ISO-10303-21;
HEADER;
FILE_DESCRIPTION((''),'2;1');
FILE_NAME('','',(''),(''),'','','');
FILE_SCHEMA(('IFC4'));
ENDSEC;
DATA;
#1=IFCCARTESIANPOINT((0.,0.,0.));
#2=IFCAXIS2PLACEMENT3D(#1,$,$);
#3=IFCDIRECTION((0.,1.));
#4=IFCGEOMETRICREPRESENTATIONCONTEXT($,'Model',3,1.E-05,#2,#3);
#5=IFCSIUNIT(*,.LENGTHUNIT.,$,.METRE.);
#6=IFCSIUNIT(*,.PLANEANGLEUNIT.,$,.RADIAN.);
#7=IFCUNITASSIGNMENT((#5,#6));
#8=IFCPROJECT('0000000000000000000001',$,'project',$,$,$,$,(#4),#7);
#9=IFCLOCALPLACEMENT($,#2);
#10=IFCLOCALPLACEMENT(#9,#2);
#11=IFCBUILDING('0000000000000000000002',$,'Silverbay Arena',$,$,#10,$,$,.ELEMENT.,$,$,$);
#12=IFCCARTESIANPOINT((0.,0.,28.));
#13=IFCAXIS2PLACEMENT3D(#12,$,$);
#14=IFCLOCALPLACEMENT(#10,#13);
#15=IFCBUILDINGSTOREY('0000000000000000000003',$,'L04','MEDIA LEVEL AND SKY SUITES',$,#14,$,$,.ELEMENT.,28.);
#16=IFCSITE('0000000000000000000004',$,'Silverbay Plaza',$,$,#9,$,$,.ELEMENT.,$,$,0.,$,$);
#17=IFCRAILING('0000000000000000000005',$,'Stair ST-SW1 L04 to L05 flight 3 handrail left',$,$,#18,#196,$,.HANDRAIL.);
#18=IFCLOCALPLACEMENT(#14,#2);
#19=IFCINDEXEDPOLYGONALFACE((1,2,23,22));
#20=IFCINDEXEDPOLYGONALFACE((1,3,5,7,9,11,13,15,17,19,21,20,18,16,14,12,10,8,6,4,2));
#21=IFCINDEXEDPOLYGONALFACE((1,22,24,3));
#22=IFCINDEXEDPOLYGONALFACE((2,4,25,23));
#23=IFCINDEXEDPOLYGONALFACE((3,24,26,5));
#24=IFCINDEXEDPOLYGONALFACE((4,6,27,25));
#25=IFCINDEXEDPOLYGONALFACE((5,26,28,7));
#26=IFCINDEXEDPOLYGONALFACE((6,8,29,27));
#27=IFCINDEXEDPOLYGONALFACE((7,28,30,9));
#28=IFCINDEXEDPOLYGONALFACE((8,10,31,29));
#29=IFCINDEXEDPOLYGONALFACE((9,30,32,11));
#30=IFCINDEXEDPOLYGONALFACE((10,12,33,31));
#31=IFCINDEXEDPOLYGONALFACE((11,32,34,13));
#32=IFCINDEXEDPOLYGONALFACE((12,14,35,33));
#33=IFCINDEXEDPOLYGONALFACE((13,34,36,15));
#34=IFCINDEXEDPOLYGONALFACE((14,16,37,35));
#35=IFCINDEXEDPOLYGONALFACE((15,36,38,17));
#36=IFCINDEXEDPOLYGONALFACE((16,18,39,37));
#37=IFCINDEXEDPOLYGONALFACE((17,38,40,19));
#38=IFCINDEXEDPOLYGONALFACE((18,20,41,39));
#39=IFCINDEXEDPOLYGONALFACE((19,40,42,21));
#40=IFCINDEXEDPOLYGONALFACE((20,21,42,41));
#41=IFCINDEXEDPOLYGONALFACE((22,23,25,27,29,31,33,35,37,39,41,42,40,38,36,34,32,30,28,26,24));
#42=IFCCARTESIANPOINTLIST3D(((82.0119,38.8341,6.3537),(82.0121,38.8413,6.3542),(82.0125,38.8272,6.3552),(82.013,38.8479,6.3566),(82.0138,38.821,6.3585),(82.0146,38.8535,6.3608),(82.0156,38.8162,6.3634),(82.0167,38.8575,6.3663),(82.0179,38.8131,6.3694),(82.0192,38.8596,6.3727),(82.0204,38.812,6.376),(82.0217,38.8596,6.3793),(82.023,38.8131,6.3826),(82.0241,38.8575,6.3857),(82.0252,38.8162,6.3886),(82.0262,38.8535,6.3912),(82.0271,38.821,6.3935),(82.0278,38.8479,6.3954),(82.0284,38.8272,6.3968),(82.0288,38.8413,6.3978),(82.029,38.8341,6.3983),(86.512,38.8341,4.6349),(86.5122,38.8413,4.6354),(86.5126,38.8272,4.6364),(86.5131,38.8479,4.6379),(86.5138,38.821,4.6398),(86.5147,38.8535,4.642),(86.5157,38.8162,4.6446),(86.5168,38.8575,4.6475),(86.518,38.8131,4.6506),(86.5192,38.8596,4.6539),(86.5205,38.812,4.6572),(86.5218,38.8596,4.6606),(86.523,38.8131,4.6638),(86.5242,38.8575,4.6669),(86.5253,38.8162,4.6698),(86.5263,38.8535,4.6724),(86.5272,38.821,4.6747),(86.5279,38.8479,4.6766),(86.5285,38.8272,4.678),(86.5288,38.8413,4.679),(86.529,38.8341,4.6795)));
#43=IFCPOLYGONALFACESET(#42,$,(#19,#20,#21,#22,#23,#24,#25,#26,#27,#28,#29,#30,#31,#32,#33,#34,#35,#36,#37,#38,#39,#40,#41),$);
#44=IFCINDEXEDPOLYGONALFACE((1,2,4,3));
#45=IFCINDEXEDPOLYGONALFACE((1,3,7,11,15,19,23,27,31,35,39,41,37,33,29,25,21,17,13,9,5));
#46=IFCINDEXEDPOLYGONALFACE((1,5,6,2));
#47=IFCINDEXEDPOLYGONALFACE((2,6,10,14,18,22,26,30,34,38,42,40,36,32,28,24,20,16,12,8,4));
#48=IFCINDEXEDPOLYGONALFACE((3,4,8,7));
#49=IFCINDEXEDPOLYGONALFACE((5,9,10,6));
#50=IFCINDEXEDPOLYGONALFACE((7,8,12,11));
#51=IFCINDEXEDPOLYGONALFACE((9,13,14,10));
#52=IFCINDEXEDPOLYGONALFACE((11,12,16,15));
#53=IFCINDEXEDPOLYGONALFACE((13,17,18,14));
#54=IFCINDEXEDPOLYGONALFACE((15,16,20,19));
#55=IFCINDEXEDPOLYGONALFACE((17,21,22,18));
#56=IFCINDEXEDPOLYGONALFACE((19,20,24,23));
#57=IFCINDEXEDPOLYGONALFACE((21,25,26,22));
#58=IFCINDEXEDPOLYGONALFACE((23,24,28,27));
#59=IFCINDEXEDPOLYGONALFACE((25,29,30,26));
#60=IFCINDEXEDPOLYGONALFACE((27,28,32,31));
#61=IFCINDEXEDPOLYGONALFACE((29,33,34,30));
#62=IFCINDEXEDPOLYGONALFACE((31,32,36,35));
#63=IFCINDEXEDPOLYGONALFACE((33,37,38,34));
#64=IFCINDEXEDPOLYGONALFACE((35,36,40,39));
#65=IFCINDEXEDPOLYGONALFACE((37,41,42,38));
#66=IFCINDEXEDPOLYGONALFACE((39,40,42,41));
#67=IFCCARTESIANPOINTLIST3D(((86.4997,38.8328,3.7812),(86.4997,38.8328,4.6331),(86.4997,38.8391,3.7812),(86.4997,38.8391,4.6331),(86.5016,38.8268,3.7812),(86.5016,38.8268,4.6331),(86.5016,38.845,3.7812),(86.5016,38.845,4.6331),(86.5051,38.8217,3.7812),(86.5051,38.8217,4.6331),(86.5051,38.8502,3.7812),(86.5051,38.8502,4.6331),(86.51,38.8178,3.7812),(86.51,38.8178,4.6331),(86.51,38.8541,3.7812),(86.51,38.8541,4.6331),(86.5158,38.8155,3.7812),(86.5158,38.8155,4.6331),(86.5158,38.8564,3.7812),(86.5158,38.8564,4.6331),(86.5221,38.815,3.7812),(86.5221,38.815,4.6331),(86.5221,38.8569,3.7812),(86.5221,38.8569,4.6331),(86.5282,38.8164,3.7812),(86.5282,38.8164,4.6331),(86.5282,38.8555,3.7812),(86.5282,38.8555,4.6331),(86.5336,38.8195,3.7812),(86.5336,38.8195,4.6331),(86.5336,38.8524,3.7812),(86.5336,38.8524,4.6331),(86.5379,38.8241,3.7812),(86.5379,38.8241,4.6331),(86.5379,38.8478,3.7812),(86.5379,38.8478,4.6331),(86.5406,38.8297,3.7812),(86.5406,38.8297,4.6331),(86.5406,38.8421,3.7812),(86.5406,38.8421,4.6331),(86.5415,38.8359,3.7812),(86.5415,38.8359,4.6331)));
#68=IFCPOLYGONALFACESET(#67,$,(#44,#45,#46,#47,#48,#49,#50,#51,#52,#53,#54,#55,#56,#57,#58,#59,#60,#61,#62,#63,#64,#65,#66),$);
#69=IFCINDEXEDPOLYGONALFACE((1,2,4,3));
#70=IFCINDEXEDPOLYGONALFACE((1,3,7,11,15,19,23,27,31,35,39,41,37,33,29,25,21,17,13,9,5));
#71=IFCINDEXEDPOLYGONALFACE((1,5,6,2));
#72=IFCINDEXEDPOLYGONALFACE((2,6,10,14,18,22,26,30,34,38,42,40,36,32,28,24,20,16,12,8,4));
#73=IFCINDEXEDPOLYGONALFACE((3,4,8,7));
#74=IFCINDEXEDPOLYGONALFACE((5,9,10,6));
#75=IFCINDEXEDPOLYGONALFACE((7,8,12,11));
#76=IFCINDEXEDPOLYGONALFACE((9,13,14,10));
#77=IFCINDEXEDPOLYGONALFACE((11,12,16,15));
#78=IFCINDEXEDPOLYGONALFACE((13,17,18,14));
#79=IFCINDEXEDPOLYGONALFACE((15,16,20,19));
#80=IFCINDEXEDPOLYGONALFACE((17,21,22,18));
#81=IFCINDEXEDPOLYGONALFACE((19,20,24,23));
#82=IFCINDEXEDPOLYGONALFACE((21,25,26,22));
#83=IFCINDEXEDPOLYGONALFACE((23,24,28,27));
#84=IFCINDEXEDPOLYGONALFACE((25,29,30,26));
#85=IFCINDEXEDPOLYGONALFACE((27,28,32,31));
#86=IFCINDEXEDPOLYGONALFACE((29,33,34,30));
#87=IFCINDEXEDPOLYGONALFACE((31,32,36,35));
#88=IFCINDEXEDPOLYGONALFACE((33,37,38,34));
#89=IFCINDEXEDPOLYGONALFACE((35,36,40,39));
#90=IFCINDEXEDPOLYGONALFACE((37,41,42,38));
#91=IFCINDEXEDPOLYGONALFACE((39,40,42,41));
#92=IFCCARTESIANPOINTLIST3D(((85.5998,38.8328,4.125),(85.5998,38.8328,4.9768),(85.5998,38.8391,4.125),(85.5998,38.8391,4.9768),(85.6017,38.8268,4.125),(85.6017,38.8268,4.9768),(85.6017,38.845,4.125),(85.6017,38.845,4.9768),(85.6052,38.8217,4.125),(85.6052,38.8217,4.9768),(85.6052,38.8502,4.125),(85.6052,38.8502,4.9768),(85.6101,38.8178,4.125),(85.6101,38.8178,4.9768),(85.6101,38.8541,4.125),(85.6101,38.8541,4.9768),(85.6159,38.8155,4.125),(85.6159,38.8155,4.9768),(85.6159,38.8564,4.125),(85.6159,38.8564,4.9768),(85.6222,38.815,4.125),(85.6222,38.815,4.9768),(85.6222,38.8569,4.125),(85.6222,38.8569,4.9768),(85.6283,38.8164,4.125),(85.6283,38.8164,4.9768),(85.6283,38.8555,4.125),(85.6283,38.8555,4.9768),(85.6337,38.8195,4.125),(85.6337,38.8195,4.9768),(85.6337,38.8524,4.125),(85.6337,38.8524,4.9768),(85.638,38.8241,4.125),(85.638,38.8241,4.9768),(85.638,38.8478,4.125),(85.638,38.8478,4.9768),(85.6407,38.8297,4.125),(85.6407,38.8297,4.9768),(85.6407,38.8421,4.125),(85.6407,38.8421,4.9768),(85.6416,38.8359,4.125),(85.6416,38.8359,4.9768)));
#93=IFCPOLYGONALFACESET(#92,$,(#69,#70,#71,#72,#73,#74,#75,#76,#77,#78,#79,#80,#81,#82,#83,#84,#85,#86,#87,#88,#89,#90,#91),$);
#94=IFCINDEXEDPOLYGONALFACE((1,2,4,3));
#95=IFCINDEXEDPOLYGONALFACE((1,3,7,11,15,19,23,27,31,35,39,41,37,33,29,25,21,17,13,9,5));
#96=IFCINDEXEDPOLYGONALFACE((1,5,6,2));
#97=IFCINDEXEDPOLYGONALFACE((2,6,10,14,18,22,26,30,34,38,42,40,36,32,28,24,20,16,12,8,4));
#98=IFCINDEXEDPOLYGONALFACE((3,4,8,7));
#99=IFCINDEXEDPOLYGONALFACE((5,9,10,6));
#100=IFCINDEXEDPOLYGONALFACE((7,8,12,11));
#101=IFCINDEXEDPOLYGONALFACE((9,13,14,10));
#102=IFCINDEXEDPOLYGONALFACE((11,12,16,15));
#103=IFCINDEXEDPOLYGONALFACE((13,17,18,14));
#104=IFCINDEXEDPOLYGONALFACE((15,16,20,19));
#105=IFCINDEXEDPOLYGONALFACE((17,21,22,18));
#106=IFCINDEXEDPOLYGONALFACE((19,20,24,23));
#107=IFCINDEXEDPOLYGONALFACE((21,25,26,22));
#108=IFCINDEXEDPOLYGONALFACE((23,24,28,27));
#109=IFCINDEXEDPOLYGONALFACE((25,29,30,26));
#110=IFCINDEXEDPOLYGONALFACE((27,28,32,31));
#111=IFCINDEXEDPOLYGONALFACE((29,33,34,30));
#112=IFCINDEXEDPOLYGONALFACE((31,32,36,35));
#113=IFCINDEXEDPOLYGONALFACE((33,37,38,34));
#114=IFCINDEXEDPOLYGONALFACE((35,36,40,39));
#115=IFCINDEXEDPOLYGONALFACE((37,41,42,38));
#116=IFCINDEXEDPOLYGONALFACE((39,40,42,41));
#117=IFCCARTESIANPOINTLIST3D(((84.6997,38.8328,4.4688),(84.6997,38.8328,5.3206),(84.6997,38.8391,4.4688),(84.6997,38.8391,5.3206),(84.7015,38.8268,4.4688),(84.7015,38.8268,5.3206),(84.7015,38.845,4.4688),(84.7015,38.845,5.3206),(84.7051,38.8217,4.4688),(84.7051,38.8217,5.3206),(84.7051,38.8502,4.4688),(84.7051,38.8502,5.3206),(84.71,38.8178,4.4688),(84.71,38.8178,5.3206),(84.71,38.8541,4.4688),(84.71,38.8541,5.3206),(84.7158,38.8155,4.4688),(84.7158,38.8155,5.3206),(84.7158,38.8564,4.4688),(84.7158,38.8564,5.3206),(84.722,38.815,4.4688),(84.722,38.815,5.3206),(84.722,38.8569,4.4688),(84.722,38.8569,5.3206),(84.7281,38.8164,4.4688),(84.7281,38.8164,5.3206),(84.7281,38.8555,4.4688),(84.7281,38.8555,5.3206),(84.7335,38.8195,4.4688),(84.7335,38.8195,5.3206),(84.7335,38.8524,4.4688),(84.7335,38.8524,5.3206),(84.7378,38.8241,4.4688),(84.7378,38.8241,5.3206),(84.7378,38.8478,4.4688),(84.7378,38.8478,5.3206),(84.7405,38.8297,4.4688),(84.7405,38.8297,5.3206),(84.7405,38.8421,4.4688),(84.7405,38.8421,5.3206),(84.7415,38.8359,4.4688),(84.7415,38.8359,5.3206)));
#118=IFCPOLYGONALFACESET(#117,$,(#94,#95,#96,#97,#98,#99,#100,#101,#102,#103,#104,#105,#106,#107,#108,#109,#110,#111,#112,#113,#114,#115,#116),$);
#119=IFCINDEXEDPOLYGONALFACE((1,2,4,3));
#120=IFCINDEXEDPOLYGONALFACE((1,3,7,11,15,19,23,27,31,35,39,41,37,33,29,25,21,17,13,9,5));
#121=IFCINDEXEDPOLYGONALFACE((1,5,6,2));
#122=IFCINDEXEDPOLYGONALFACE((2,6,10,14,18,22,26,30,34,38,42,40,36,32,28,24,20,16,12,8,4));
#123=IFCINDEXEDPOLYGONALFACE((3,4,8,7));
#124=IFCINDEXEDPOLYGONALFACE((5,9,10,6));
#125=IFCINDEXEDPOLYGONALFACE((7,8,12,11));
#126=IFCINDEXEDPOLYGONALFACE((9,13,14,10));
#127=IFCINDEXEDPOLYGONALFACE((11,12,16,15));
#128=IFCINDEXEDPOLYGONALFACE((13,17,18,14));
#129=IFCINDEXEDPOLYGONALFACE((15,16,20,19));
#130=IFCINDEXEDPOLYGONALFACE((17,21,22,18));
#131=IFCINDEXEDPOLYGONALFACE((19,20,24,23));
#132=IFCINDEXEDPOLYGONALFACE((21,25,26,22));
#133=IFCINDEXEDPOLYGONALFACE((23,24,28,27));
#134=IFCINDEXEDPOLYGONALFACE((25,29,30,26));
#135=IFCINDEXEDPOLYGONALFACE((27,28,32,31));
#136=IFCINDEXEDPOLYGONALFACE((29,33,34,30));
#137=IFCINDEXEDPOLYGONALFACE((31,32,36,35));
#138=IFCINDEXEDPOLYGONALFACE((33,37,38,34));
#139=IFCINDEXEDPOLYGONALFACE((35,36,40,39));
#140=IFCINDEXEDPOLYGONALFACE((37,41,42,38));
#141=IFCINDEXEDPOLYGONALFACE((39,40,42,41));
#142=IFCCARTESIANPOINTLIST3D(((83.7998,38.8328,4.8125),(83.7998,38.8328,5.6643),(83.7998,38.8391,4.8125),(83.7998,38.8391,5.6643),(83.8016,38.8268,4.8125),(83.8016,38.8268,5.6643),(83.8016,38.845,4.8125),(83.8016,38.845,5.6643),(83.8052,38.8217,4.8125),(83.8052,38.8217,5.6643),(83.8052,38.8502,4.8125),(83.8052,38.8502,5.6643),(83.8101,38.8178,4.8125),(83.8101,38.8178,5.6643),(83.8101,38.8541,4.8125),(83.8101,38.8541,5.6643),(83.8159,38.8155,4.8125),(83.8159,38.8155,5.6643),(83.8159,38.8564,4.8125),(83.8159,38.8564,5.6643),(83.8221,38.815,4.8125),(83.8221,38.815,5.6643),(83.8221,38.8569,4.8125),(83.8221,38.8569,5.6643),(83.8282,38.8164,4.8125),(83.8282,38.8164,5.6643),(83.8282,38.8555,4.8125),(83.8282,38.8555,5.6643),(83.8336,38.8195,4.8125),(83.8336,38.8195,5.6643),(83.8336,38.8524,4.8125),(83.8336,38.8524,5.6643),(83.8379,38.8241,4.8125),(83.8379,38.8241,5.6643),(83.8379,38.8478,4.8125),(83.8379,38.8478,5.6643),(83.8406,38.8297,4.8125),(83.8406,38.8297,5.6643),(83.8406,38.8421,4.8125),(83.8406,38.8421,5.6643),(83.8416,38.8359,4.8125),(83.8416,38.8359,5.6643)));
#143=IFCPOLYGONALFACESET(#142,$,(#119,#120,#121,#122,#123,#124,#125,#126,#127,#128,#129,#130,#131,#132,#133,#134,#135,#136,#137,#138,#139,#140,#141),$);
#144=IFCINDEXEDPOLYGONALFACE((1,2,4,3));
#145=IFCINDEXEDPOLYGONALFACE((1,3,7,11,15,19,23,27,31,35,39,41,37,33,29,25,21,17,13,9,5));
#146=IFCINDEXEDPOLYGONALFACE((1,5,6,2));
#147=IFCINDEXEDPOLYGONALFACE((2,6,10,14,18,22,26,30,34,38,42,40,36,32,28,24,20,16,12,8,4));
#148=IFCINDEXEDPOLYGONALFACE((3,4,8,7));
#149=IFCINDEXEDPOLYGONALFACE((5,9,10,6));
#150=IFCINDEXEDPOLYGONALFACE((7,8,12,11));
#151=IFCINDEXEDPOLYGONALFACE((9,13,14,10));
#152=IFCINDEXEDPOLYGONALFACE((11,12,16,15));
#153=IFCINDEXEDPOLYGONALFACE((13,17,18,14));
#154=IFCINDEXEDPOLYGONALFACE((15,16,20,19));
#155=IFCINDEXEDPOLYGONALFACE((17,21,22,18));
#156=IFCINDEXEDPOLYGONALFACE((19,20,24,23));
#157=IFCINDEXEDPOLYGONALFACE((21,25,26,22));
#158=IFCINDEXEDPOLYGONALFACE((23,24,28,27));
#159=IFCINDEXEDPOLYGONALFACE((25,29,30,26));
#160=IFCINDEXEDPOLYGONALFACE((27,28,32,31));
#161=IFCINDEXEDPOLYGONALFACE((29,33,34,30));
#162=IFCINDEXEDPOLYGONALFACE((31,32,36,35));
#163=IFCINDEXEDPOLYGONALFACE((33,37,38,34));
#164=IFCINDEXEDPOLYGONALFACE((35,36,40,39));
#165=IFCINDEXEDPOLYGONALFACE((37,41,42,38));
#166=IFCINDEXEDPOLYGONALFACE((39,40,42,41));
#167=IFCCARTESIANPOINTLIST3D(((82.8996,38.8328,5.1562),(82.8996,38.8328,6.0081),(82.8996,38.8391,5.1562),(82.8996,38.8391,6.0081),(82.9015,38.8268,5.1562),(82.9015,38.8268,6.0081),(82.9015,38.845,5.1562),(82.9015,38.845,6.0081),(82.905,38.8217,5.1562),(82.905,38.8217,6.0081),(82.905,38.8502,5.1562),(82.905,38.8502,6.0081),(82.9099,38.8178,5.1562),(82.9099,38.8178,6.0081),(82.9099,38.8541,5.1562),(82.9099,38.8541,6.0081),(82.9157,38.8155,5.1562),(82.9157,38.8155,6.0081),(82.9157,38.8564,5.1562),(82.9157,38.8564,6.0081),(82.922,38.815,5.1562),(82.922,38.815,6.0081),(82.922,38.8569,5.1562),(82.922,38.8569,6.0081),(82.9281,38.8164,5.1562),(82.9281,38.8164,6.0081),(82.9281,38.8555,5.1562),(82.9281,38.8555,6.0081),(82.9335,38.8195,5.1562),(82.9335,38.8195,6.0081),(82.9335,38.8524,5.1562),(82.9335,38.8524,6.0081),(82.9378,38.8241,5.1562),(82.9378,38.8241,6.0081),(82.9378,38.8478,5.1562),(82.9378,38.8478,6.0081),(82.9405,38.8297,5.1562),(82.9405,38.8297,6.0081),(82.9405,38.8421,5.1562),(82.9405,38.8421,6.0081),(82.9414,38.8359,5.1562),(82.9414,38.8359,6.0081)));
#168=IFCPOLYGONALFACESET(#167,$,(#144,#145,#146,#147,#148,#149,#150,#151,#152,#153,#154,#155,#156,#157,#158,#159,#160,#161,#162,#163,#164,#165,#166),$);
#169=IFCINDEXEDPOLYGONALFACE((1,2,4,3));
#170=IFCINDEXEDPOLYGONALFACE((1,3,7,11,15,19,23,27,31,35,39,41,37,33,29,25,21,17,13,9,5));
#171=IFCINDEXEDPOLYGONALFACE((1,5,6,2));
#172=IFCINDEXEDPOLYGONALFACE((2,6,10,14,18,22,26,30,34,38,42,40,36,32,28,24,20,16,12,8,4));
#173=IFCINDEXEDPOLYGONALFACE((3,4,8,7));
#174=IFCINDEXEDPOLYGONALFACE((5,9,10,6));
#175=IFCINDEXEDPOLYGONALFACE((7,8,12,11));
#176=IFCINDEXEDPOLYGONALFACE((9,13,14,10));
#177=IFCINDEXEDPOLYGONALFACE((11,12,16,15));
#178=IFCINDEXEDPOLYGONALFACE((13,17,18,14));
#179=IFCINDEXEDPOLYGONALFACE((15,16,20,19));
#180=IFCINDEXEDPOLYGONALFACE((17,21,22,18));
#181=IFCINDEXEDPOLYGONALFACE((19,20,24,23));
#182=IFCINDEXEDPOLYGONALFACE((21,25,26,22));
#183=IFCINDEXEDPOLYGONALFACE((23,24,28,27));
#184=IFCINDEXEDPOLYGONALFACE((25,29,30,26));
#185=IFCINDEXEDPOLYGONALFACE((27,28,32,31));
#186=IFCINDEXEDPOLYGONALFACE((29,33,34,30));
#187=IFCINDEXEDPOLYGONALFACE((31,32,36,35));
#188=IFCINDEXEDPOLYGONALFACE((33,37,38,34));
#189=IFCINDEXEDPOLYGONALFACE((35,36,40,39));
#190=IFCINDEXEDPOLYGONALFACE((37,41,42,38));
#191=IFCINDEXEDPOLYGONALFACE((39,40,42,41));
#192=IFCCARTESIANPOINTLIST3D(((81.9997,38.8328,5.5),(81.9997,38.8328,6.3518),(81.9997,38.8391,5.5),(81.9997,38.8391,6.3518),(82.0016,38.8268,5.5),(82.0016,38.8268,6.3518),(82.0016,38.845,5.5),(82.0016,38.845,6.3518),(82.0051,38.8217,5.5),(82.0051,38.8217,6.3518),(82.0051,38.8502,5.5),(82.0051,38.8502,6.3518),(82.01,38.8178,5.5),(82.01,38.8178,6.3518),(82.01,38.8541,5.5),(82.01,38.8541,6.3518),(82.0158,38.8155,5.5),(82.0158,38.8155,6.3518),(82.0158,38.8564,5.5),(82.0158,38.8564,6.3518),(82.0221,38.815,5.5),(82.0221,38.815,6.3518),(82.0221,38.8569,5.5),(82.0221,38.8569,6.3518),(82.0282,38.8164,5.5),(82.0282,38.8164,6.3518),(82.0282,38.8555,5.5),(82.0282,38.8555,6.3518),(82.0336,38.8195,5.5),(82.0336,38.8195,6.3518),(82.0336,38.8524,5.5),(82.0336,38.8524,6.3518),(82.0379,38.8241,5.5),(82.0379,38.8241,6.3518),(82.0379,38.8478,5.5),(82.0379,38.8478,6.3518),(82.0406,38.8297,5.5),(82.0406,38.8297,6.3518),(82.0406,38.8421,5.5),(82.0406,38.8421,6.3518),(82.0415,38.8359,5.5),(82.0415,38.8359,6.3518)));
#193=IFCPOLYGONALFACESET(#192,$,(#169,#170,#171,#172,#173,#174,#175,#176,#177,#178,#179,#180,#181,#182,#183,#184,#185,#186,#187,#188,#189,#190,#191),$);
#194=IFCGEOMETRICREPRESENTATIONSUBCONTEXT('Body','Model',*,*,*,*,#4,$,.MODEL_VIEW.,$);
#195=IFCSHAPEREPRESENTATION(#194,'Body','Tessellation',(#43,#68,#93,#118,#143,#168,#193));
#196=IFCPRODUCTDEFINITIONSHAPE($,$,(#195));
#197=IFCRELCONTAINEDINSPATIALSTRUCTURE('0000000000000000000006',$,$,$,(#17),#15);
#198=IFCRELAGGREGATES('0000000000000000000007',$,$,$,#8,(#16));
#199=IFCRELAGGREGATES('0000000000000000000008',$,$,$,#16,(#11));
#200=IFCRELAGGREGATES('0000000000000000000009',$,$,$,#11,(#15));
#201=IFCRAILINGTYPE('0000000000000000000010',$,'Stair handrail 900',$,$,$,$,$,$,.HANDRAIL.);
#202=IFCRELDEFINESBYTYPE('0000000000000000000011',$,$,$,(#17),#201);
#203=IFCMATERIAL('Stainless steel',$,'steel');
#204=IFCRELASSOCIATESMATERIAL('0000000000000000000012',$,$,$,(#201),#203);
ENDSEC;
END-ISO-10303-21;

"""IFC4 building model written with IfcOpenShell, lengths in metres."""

from ifc_helpers import new_model, si_unit, direction, frame, origin, origin_2d, place, context, subcontext, project, spatial, circle, extrude, material, type_object, element, save


model = new_model("IFC4")

# Units and contexts
model_context = context("Model", 3, precision=1e-05, world=origin(), true_north=direction((0.0, 1.0)))
body_context = subcontext(model_context, "Body", "Model", "MODEL_VIEW")
ifc_project = project(units=[si_unit("LENGTHUNIT", "METRE"), si_unit("PLANEANGLEUNIT", "RADIAN")], contexts=[model_context])

# Site, building, storey
site_placement = place(None, origin())
site = spatial("IfcSite", under=ifc_project, at=site_placement, Name="Silverbay Plaza", CompositionType="ELEMENT", RefElevation=0.0)
building_placement = place(site_placement, origin())
building = spatial("IfcBuilding", under=site, at=building_placement, Name="Silverbay Arena", CompositionType="ELEMENT")
storey_placement = place(building_placement, frame((0.0, 0.0, 28.0)))
storey = spatial("IfcBuildingStorey", under=building, at=storey_placement, Name="L04", Description="MEDIA LEVEL AND SKY SUITES", CompositionType="ELEMENT", Elevation=28.0)

# Railing
ifc_material_1 = material(Name="Stainless steel", Category="steel")
railing_type_1 = type_object("IfcRailingType", Name="Stair handrail 900", PredefinedType="HANDRAIL", material=ifc_material_1)
for number, where, name in (
    (1, (86.5205, 38.8359, 3.7812), "Stair ST-SW1 L04 to L05 flight 3 handrail left"),
):
    element("IfcRailing", number, at=place(storey_placement, frame(where)), inside=storey, type_object=railing_type_1, Name=name, PredefinedType="HANDRAIL", context=body_context, shape_type="SweptSolid", body=[
        extrude(circle(Radius=0.0239, at=origin_2d()), frame((0.0, 0.0, 0.876), z_axis=(-0.934179, 0.0, 0.356805), x_axis=(0.0, -1.0, 0.0)), (0.0, 0.0, 1.0), 4.8171),
        extrude(circle(Radius=0.021, at=origin_2d()), origin(), (0.0, 0.0, 1.0), 0.8518),
        extrude(circle(Radius=0.021, at=origin_2d()), frame((-0.8999, 0.0, 0.3438)), (0.0, 0.0, 1.0), 0.8518),
        extrude(circle(Radius=0.021, at=origin_2d()), frame((-1.8, 0.0, 0.6875)), (0.0, 0.0, 1.0), 0.8518),
        extrude(circle(Radius=0.021, at=origin_2d()), frame((-2.7, 0.0, 1.0312)), (0.0, 0.0, 1.0), 0.8518),
        extrude(circle(Radius=0.021, at=origin_2d()), frame((-3.6001, 0.0, 1.375)), (0.0, 0.0, 1.0), 0.8518),
        extrude(circle(Radius=0.021, at=origin_2d()), frame((-4.5, 0.0, 1.7188)), (0.0, 0.0, 1.0), 0.8518),
    ])

save(model, "model.ifc")
